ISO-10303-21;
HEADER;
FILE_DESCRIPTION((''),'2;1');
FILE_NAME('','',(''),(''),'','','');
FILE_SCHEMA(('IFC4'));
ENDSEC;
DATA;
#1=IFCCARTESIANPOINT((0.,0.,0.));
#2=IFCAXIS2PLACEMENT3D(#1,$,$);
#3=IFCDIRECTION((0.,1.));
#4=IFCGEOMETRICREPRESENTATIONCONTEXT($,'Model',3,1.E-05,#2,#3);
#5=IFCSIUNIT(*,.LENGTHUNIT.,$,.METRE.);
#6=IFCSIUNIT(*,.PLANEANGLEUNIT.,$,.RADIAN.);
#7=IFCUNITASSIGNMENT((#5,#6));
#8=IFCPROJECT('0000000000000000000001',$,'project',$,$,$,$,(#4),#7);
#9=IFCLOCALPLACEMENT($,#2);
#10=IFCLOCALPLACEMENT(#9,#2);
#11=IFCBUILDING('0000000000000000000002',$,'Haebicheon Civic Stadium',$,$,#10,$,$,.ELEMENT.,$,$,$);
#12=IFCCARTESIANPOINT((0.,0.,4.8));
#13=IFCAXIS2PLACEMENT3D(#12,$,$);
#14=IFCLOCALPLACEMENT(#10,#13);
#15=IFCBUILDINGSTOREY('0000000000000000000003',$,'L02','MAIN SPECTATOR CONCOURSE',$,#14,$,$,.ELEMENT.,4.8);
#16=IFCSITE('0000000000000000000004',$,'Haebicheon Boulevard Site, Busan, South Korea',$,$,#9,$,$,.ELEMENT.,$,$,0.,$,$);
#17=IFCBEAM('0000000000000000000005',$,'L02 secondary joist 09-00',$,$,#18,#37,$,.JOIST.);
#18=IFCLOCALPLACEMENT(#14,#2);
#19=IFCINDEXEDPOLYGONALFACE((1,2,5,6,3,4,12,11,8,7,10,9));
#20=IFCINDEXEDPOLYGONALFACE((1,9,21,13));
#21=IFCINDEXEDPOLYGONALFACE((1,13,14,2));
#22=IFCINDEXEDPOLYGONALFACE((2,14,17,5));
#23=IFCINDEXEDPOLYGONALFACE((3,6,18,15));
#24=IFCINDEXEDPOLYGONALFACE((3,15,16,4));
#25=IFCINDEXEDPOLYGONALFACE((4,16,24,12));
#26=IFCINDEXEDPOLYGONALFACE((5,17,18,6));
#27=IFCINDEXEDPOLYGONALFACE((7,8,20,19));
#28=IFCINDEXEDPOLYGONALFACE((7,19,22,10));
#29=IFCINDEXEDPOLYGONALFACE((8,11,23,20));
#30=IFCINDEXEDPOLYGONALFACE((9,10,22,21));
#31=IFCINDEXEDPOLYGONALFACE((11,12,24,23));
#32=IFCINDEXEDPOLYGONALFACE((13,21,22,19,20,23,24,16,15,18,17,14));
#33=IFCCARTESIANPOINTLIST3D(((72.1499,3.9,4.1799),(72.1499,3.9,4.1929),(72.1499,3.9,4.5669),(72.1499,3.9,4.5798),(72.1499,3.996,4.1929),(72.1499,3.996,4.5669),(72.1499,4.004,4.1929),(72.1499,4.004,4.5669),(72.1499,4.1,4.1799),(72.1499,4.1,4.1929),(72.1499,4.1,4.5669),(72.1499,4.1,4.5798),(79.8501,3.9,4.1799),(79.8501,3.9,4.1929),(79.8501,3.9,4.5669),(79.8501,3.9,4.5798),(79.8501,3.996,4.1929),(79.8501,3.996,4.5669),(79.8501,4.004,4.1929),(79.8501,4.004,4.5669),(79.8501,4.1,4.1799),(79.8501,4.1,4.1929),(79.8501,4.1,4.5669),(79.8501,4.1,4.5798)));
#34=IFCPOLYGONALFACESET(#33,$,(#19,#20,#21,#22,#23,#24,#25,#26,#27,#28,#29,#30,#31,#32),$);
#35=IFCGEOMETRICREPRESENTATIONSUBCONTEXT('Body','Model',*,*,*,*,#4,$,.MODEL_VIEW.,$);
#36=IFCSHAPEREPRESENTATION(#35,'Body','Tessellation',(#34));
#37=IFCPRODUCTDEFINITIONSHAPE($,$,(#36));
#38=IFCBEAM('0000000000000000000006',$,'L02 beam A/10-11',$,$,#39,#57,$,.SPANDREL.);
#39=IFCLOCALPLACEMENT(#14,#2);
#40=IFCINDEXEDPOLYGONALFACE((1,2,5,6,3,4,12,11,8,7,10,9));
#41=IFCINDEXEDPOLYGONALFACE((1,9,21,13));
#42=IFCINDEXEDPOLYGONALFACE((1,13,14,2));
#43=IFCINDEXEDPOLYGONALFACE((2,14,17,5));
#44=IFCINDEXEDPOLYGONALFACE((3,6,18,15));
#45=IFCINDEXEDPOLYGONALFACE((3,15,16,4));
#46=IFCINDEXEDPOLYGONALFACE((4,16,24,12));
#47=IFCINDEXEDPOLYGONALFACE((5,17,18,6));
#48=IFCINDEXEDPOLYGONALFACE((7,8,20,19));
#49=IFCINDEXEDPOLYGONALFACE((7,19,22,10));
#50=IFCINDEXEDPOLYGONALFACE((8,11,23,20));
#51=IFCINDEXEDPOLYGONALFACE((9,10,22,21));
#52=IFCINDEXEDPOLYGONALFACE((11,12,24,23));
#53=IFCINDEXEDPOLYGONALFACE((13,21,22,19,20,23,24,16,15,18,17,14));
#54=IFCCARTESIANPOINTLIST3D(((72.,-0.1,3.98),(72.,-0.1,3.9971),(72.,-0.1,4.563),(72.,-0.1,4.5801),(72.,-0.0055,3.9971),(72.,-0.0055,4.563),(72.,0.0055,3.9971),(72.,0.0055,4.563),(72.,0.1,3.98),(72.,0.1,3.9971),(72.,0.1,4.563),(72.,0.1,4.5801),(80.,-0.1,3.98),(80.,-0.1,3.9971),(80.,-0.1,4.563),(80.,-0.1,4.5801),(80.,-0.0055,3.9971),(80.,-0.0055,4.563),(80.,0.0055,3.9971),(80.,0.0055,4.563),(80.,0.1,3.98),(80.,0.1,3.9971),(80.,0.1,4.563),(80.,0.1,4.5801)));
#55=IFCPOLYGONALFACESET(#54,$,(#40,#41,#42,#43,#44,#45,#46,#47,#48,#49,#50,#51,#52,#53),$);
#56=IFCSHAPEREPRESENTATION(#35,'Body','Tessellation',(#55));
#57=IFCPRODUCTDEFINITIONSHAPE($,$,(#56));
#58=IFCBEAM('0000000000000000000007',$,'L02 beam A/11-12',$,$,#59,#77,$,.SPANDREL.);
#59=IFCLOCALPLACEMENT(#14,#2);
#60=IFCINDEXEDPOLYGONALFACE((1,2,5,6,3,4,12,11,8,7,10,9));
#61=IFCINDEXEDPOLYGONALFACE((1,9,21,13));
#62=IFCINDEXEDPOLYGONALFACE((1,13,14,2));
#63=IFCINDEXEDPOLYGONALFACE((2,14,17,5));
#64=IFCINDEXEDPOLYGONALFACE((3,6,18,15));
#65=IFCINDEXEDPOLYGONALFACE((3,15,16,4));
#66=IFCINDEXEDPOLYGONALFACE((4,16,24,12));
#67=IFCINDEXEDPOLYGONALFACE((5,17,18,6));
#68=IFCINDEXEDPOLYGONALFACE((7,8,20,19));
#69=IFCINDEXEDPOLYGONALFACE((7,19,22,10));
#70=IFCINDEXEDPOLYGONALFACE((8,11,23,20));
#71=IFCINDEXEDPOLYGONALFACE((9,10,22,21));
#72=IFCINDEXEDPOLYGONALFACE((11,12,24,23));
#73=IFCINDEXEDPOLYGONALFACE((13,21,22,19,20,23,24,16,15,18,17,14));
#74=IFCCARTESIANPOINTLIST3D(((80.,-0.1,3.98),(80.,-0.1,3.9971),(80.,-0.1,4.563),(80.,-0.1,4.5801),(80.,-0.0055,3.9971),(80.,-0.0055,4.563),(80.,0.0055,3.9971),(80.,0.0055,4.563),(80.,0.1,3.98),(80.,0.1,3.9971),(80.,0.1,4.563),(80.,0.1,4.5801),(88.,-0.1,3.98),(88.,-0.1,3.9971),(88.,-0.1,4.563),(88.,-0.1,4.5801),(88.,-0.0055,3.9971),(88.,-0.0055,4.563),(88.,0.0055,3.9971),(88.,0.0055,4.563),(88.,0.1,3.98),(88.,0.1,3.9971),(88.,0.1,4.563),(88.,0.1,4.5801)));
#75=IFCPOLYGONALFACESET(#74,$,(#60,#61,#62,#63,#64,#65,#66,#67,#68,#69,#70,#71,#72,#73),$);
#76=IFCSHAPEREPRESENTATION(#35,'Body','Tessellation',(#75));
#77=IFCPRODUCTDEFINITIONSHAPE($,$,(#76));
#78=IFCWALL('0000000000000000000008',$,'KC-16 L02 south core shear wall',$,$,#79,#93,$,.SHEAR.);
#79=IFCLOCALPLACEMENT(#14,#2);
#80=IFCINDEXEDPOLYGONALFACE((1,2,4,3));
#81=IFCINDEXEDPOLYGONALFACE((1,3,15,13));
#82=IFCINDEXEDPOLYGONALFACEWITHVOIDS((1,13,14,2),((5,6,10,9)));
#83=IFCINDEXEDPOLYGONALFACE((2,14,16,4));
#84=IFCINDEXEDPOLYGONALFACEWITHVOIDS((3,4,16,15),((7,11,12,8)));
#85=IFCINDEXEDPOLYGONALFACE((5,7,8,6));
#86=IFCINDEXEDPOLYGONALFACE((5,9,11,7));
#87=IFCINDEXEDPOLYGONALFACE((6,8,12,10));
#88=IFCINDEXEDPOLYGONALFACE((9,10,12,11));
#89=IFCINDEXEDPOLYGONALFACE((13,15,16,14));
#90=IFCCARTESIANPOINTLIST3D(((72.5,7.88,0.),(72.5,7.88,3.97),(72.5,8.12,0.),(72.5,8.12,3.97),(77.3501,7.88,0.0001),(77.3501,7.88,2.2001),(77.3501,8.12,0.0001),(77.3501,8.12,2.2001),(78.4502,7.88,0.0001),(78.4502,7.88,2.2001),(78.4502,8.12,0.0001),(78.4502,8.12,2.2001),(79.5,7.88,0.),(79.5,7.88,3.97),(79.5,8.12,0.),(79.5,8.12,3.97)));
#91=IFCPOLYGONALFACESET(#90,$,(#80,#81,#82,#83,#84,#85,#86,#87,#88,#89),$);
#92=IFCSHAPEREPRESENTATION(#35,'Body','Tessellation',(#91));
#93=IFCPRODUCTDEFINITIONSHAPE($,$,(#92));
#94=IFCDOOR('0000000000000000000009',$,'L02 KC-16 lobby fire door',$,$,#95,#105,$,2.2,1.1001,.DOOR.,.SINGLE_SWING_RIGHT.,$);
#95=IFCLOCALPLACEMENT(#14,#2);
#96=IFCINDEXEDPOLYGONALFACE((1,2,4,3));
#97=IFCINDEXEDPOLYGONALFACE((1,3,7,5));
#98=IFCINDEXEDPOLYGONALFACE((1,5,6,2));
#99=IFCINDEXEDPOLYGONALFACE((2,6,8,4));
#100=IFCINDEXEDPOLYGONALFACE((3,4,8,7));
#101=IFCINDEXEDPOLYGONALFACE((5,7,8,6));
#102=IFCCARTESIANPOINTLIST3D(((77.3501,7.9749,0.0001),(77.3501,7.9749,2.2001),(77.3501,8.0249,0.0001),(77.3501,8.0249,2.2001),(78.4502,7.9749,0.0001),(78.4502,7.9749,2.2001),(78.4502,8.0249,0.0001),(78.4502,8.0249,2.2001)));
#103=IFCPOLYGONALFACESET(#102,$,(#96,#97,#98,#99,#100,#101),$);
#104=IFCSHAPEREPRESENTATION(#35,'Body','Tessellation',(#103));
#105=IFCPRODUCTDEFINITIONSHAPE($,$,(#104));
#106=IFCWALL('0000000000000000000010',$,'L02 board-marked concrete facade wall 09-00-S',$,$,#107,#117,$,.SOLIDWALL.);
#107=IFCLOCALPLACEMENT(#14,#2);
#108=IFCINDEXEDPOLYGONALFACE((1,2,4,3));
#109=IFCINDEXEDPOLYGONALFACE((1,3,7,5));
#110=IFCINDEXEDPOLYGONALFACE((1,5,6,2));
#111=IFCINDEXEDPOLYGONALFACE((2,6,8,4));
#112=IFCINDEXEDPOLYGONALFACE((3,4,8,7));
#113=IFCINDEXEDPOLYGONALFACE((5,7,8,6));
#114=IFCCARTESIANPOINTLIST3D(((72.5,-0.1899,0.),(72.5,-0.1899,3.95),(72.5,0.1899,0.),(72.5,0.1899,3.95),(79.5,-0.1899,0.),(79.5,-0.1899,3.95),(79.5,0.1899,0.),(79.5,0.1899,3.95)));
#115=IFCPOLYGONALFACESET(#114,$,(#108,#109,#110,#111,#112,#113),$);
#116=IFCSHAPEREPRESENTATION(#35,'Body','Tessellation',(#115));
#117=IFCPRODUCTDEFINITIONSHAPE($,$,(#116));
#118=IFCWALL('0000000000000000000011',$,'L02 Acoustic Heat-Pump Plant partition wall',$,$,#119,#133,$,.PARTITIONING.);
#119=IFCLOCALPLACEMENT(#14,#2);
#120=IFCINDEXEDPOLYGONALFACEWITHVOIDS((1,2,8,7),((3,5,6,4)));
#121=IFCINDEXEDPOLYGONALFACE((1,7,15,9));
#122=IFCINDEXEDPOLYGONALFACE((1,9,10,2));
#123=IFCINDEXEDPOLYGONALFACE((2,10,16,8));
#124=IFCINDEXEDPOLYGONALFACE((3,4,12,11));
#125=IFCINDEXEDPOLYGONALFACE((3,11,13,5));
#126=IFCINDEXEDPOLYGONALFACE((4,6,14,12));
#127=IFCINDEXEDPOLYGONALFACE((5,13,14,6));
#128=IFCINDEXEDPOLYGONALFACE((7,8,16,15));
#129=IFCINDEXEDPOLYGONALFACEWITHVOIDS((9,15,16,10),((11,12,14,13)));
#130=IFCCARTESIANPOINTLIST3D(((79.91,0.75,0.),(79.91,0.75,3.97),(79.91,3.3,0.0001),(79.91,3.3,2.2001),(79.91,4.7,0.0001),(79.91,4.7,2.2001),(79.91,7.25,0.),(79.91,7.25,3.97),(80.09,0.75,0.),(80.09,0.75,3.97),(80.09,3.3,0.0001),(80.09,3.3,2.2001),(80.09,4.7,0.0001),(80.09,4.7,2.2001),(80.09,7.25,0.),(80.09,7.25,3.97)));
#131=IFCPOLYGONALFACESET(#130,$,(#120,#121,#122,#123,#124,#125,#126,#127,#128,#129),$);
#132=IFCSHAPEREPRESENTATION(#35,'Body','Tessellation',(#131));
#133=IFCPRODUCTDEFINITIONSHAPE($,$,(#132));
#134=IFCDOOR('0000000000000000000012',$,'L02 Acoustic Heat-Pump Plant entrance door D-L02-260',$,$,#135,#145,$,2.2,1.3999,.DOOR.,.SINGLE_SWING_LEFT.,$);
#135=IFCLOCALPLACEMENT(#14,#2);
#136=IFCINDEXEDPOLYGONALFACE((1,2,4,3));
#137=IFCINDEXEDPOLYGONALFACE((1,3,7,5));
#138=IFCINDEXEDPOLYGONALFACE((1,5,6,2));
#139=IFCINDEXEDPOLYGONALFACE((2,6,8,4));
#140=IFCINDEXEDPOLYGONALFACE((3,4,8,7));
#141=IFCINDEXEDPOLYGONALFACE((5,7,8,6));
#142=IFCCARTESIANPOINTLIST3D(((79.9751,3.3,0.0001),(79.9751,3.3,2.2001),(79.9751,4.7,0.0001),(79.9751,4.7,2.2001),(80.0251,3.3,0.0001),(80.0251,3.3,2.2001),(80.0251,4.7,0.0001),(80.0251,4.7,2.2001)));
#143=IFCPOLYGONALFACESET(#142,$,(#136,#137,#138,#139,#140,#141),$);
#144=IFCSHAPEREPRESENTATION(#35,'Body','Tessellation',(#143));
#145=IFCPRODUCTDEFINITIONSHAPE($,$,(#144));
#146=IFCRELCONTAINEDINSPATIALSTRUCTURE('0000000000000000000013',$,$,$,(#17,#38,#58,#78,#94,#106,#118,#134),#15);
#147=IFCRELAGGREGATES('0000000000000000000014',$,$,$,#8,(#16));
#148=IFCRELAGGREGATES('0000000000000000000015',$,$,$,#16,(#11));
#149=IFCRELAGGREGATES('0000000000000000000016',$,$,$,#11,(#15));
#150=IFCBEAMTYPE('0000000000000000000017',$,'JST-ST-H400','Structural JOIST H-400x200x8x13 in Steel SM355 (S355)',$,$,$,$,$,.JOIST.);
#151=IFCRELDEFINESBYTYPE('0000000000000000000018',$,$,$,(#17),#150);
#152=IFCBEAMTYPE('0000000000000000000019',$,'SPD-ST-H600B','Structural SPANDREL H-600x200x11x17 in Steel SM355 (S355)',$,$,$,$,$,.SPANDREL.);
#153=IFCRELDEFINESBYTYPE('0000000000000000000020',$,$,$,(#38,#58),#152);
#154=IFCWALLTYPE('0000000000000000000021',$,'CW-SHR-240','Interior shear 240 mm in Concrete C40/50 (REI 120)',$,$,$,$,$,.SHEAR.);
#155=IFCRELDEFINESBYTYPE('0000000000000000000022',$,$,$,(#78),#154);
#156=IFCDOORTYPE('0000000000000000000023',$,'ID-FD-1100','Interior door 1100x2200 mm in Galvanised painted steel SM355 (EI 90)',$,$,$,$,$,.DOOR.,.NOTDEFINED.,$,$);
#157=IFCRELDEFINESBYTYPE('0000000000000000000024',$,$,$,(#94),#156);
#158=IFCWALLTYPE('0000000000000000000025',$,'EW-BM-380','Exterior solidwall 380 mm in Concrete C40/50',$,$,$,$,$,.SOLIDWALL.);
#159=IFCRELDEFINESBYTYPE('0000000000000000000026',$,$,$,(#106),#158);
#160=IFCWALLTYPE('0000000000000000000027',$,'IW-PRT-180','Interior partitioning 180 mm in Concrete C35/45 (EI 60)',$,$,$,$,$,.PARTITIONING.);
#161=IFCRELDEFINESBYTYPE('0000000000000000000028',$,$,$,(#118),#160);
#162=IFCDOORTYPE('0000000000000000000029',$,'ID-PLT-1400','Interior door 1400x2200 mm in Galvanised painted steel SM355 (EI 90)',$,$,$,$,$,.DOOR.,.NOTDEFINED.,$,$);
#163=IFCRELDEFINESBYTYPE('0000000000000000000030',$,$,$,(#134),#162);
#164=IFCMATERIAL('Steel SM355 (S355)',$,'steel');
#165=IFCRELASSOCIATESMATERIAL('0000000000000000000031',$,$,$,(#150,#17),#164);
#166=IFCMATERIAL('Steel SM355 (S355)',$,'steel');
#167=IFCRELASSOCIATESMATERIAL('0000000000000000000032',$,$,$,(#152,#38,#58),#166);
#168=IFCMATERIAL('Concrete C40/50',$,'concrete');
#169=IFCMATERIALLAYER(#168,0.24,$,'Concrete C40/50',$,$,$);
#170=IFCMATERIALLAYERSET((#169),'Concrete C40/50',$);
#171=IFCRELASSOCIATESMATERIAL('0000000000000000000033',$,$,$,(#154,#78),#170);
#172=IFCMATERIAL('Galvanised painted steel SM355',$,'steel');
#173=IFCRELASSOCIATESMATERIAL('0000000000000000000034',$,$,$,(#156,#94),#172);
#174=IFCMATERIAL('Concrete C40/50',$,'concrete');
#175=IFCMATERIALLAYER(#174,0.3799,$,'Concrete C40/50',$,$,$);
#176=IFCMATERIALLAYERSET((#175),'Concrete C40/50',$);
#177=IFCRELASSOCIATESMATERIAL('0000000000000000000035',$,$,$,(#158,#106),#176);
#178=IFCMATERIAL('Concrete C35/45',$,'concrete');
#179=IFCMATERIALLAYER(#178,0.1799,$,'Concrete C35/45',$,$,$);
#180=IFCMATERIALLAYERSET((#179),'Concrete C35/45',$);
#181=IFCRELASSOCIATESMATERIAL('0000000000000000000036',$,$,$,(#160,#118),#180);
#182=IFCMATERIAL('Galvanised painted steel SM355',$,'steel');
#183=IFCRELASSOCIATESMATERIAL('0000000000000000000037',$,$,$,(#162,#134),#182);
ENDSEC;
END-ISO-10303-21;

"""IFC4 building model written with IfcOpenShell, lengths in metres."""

from ifc_helpers import new_model, si_unit, direction, frame, frame_2d, origin, origin_2d, place, context, subcontext, project, spatial, rectangle, i_section, extrude, material, layer, layer_set, material_profile, profile_set, type_object, element, fill, save


model = new_model("IFC4")

# Units and contexts
model_context = context("Model", 3, precision=1e-05, world=origin(), true_north=direction((0.0, 1.0)))
body_context = subcontext(model_context, "Body", "Model", "MODEL_VIEW")
ifc_project = project(units=[si_unit("LENGTHUNIT", "METRE"), si_unit("PLANEANGLEUNIT", "RADIAN")], contexts=[model_context])

# Site, building, storey
site_placement = place(None, origin())
site = spatial("IfcSite", under=ifc_project, at=site_placement, Name="Haebicheon Boulevard Site, Busan, South Korea", CompositionType="ELEMENT", RefElevation=0.0)
building_placement = place(site_placement, origin())
building = spatial("IfcBuilding", under=site, at=building_placement, Name="Haebicheon Civic Stadium", CompositionType="ELEMENT")
storey_placement = place(building_placement, frame((0.0, 0.0, 4.8)))
storey = spatial("IfcBuildingStorey", under=building, at=storey_placement, Name="L02", Description="MAIN SPECTATOR CONCOURSE", CompositionType="ELEMENT", Elevation=4.8)

# Beams
ifc_material_1 = material(Name="Steel SM355 (S355)", Category="steel")
ifc_material_profile_1 = material_profile(ifc_material_1, i_section(OverallWidth=0.2, OverallDepth=0.3999, WebThickness=0.0081, FlangeThickness=0.0129, at=origin_2d()), Name="H-400x200x8x13")
ifc_profile_set_1 = profile_set([ifc_material_profile_1], Name="Steel SM355 (S355)")
beam_type_1 = type_object("IfcBeamType", Name="JST-ST-H400", Description="Structural JOIST H-400x200x8x13 in Steel SM355 (S355)", PredefinedType="JOIST", material=ifc_profile_set_1)
for number, where, z_axis, x_axis, name in (
    (1, (72.1499, 4.0, 4.3799), (1.0, 0.0, 0.0), (0.0, 1.0, 0.0), "L02 secondary joist 09-00"),
):
    element("IfcBeam", number, at=place(storey_placement, frame(where, z_axis=z_axis, x_axis=x_axis)), inside=storey, type_object=beam_type_1, material=ifc_profile_set_1, Name=name, PredefinedType="JOIST", context=body_context, shape_type="SweptSolid", body=[
        extrude(i_section(OverallWidth=0.2, OverallDepth=0.3999, WebThickness=0.0081, FlangeThickness=0.0129, at=origin_2d()), origin(), (0.0, 0.0, 1.0), 7.7002),
    ])
ifc_material_2 = material(Name="Steel SM355 (S355)", Category="steel")
ifc_material_profile_2 = material_profile(ifc_material_2, i_section(OverallWidth=0.2, OverallDepth=0.6001, WebThickness=0.011, FlangeThickness=0.0171, at=origin_2d()), Name="H-600x200x11x17")
ifc_profile_set_2 = profile_set([ifc_material_profile_2], Name="Steel SM355 (S355)")
beam_type_2 = type_object("IfcBeamType", Name="SPD-ST-H600B", Description="Structural SPANDREL H-600x200x11x17 in Steel SM355 (S355)", PredefinedType="SPANDREL", material=ifc_profile_set_2)
for number, where, z_axis, x_axis, name in (
    (2, (72.0, 0.0, 4.28), (1.0, 0.0, 0.0), (0.0, 1.0, 0.0), "L02 beam A/10-11"),
    (3, (80.0, 0.0, 4.28), (1.0, 0.0, 0.0), (0.0, 1.0, 0.0), "L02 beam A/11-12"),
):
    element("IfcBeam", number, at=place(storey_placement, frame(where, z_axis=z_axis, x_axis=x_axis)), inside=storey, type_object=beam_type_2, material=ifc_profile_set_2, Name=name, PredefinedType="SPANDREL", context=body_context, shape_type="SweptSolid", body=[
        extrude(i_section(OverallWidth=0.2, OverallDepth=0.6001, WebThickness=0.011, FlangeThickness=0.0171, at=origin_2d()), origin(), (0.0, 0.0, 1.0), 8.0),
    ])

# Wall, opening, door
ifc_material_3 = material(Name="Concrete C40/50", Category="concrete")
ifc_layer_1 = layer(ifc_material_3, 0.24, Name="Concrete C40/50")
ifc_layer_set_1 = layer_set([ifc_layer_1], Name="Concrete C40/50")
wall_type_1 = type_object("IfcWallType", Name="CW-SHR-240", Description="Interior shear 240 mm in Concrete C40/50 (REI 120)", PredefinedType="SHEAR", material=ifc_layer_set_1)
wall_1_placement = place(storey_placement, frame((72.5, 8.0, 0.0), z_axis=(0.0, 0.0, 1.0), x_axis=(1.0, 0.0, 0.0)))
wall_1 = element("IfcWall", 4, at=wall_1_placement, inside=storey, type_object=wall_type_1, material=ifc_layer_set_1, Name="KC-16 L02 south core shear wall", PredefinedType="SHEAR", context=body_context, shape_type="SweptSolid", body=[
    extrude(rectangle(XDim=7.0, YDim=0.24, at=frame_2d((3.5, 0.0))), origin(), (0.0, 0.0, 1.0), 3.97),
])
opening_1_placement = place(wall_1_placement, frame((4.8501, 0.0, 0.0)))
opening_1 = element("IfcOpeningElement", 5, at=opening_1_placement, cuts=wall_1, PredefinedType="OPENING", context=body_context, shape_type="SweptSolid", body=[
    extrude(rectangle(XDim=1.1001, YDim=2.2, at=frame_2d((0.55, 1.1001))), frame((0.0, 0.1299, 0.0), z_axis=(0.0, -1.0, 0.0), x_axis=(1.0, 0.0, 0.0)), (0.0, 0.0, 1.0), 0.26),
])
ifc_material_4 = material(Name="Galvanised painted steel SM355", Category="steel")
door_type_1 = type_object("IfcDoorType", Name="ID-FD-1100", Description="Interior door 1100x2200 mm in Galvanised painted steel SM355 (EI 90)", OperationType="NOTDEFINED", PredefinedType="DOOR", material=ifc_material_4)
door_1_placement = place(opening_1_placement, origin())
door_1 = element("IfcDoor", 6, at=door_1_placement, inside=storey, type_object=door_type_1, material=ifc_material_4, Name="L02 KC-16 lobby fire door", OperationType="SINGLE_SWING_RIGHT", OverallHeight=2.2, OverallWidth=1.1001, PredefinedType="DOOR", context=body_context, shape_type="SweptSolid", body=[
    extrude(rectangle(XDim=1.1001, YDim=2.2, at=frame_2d((0.55, 1.1001))), frame((0.0, 0.0249, 0.0), z_axis=(0.0, -1.0, 0.0), x_axis=(1.0, 0.0, 0.0)), (0.0, 0.0, 1.0), 0.05),
])
fill(opening_1, door_1)

# Wall
ifc_material_5 = material(Name="Concrete C40/50", Category="concrete")
ifc_layer_2 = layer(ifc_material_5, 0.3799, Name="Concrete C40/50")
ifc_layer_set_2 = layer_set([ifc_layer_2], Name="Concrete C40/50")
wall_type_2 = type_object("IfcWallType", Name="EW-BM-380", Description="Exterior solidwall 380 mm in Concrete C40/50", PredefinedType="SOLIDWALL", material=ifc_layer_set_2)
wall_2_placement = place(storey_placement, frame((72.5, 0.0, 0.0), z_axis=(0.0, 0.0, 1.0), x_axis=(1.0, 0.0, 0.0)))
element("IfcWall", 7, at=wall_2_placement, inside=storey, type_object=wall_type_2, material=ifc_layer_set_2, Name="L02 board-marked concrete facade wall 09-00-S", PredefinedType="SOLIDWALL", context=body_context, shape_type="SweptSolid", body=[
    extrude(rectangle(XDim=7.0, YDim=0.3799, at=frame_2d((3.5, 0.0))), origin(), (0.0, 0.0, 1.0), 3.95),
])

# Wall, opening, door
ifc_material_6 = material(Name="Concrete C35/45", Category="concrete")
ifc_layer_3 = layer(ifc_material_6, 0.1799, Name="Concrete C35/45")
ifc_layer_set_3 = layer_set([ifc_layer_3], Name="Concrete C35/45")
wall_type_3 = type_object("IfcWallType", Name="IW-PRT-180", Description="Interior partitioning 180 mm in Concrete C35/45 (EI 60)", PredefinedType="PARTITIONING", material=ifc_layer_set_3)
wall_3_placement = place(storey_placement, frame((80.0, 0.75, 0.0), z_axis=(0.0, 0.0, 1.0), x_axis=(0.0, 1.0, 0.0)))
wall_3 = element("IfcWall", 8, at=wall_3_placement, inside=storey, type_object=wall_type_3, material=ifc_layer_set_3, Name="L02 Acoustic Heat-Pump Plant partition wall", PredefinedType="PARTITIONING", context=body_context, shape_type="SweptSolid", body=[
    extrude(rectangle(XDim=6.5, YDim=0.1799, at=frame_2d((3.25, 0.0))), origin(), (0.0, 0.0, 1.0), 3.97),
])
opening_2_placement = place(wall_3_placement, frame((2.55, 0.0, 0.0)))
opening_2 = element("IfcOpeningElement", 9, at=opening_2_placement, cuts=wall_3, PredefinedType="OPENING", context=body_context, shape_type="SweptSolid", body=[
    extrude(rectangle(XDim=1.3999, YDim=2.2, at=frame_2d((0.7, 1.1001))), frame((0.0, 0.0999, 0.0), z_axis=(0.0, -1.0, 0.0), x_axis=(1.0, 0.0, 0.0)), (0.0, 0.0, 1.0), 0.2),
])
ifc_material_7 = material(Name="Galvanised painted steel SM355", Category="steel")
door_type_2 = type_object("IfcDoorType", Name="ID-PLT-1400", Description="Interior door 1400x2200 mm in Galvanised painted steel SM355 (EI 90)", OperationType="NOTDEFINED", PredefinedType="DOOR", material=ifc_material_7)
door_2_placement = place(opening_2_placement, origin())
door_2 = element("IfcDoor", 10, at=door_2_placement, inside=storey, type_object=door_type_2, material=ifc_material_7, Name="L02 Acoustic Heat-Pump Plant entrance door D-L02-260", OperationType="SINGLE_SWING_LEFT", OverallHeight=2.2, OverallWidth=1.3999, PredefinedType="DOOR", context=body_context, shape_type="SweptSolid", body=[
    extrude(rectangle(XDim=1.3999, YDim=2.2, at=frame_2d((0.7, 1.1001))), frame((0.0, 0.0249, 0.0), z_axis=(0.0, -1.0, 0.0), x_axis=(1.0, 0.0, 0.0)), (0.0, 0.0, 1.0), 0.05),
])
fill(opening_2, door_2)

save(model, "model.ifc")
